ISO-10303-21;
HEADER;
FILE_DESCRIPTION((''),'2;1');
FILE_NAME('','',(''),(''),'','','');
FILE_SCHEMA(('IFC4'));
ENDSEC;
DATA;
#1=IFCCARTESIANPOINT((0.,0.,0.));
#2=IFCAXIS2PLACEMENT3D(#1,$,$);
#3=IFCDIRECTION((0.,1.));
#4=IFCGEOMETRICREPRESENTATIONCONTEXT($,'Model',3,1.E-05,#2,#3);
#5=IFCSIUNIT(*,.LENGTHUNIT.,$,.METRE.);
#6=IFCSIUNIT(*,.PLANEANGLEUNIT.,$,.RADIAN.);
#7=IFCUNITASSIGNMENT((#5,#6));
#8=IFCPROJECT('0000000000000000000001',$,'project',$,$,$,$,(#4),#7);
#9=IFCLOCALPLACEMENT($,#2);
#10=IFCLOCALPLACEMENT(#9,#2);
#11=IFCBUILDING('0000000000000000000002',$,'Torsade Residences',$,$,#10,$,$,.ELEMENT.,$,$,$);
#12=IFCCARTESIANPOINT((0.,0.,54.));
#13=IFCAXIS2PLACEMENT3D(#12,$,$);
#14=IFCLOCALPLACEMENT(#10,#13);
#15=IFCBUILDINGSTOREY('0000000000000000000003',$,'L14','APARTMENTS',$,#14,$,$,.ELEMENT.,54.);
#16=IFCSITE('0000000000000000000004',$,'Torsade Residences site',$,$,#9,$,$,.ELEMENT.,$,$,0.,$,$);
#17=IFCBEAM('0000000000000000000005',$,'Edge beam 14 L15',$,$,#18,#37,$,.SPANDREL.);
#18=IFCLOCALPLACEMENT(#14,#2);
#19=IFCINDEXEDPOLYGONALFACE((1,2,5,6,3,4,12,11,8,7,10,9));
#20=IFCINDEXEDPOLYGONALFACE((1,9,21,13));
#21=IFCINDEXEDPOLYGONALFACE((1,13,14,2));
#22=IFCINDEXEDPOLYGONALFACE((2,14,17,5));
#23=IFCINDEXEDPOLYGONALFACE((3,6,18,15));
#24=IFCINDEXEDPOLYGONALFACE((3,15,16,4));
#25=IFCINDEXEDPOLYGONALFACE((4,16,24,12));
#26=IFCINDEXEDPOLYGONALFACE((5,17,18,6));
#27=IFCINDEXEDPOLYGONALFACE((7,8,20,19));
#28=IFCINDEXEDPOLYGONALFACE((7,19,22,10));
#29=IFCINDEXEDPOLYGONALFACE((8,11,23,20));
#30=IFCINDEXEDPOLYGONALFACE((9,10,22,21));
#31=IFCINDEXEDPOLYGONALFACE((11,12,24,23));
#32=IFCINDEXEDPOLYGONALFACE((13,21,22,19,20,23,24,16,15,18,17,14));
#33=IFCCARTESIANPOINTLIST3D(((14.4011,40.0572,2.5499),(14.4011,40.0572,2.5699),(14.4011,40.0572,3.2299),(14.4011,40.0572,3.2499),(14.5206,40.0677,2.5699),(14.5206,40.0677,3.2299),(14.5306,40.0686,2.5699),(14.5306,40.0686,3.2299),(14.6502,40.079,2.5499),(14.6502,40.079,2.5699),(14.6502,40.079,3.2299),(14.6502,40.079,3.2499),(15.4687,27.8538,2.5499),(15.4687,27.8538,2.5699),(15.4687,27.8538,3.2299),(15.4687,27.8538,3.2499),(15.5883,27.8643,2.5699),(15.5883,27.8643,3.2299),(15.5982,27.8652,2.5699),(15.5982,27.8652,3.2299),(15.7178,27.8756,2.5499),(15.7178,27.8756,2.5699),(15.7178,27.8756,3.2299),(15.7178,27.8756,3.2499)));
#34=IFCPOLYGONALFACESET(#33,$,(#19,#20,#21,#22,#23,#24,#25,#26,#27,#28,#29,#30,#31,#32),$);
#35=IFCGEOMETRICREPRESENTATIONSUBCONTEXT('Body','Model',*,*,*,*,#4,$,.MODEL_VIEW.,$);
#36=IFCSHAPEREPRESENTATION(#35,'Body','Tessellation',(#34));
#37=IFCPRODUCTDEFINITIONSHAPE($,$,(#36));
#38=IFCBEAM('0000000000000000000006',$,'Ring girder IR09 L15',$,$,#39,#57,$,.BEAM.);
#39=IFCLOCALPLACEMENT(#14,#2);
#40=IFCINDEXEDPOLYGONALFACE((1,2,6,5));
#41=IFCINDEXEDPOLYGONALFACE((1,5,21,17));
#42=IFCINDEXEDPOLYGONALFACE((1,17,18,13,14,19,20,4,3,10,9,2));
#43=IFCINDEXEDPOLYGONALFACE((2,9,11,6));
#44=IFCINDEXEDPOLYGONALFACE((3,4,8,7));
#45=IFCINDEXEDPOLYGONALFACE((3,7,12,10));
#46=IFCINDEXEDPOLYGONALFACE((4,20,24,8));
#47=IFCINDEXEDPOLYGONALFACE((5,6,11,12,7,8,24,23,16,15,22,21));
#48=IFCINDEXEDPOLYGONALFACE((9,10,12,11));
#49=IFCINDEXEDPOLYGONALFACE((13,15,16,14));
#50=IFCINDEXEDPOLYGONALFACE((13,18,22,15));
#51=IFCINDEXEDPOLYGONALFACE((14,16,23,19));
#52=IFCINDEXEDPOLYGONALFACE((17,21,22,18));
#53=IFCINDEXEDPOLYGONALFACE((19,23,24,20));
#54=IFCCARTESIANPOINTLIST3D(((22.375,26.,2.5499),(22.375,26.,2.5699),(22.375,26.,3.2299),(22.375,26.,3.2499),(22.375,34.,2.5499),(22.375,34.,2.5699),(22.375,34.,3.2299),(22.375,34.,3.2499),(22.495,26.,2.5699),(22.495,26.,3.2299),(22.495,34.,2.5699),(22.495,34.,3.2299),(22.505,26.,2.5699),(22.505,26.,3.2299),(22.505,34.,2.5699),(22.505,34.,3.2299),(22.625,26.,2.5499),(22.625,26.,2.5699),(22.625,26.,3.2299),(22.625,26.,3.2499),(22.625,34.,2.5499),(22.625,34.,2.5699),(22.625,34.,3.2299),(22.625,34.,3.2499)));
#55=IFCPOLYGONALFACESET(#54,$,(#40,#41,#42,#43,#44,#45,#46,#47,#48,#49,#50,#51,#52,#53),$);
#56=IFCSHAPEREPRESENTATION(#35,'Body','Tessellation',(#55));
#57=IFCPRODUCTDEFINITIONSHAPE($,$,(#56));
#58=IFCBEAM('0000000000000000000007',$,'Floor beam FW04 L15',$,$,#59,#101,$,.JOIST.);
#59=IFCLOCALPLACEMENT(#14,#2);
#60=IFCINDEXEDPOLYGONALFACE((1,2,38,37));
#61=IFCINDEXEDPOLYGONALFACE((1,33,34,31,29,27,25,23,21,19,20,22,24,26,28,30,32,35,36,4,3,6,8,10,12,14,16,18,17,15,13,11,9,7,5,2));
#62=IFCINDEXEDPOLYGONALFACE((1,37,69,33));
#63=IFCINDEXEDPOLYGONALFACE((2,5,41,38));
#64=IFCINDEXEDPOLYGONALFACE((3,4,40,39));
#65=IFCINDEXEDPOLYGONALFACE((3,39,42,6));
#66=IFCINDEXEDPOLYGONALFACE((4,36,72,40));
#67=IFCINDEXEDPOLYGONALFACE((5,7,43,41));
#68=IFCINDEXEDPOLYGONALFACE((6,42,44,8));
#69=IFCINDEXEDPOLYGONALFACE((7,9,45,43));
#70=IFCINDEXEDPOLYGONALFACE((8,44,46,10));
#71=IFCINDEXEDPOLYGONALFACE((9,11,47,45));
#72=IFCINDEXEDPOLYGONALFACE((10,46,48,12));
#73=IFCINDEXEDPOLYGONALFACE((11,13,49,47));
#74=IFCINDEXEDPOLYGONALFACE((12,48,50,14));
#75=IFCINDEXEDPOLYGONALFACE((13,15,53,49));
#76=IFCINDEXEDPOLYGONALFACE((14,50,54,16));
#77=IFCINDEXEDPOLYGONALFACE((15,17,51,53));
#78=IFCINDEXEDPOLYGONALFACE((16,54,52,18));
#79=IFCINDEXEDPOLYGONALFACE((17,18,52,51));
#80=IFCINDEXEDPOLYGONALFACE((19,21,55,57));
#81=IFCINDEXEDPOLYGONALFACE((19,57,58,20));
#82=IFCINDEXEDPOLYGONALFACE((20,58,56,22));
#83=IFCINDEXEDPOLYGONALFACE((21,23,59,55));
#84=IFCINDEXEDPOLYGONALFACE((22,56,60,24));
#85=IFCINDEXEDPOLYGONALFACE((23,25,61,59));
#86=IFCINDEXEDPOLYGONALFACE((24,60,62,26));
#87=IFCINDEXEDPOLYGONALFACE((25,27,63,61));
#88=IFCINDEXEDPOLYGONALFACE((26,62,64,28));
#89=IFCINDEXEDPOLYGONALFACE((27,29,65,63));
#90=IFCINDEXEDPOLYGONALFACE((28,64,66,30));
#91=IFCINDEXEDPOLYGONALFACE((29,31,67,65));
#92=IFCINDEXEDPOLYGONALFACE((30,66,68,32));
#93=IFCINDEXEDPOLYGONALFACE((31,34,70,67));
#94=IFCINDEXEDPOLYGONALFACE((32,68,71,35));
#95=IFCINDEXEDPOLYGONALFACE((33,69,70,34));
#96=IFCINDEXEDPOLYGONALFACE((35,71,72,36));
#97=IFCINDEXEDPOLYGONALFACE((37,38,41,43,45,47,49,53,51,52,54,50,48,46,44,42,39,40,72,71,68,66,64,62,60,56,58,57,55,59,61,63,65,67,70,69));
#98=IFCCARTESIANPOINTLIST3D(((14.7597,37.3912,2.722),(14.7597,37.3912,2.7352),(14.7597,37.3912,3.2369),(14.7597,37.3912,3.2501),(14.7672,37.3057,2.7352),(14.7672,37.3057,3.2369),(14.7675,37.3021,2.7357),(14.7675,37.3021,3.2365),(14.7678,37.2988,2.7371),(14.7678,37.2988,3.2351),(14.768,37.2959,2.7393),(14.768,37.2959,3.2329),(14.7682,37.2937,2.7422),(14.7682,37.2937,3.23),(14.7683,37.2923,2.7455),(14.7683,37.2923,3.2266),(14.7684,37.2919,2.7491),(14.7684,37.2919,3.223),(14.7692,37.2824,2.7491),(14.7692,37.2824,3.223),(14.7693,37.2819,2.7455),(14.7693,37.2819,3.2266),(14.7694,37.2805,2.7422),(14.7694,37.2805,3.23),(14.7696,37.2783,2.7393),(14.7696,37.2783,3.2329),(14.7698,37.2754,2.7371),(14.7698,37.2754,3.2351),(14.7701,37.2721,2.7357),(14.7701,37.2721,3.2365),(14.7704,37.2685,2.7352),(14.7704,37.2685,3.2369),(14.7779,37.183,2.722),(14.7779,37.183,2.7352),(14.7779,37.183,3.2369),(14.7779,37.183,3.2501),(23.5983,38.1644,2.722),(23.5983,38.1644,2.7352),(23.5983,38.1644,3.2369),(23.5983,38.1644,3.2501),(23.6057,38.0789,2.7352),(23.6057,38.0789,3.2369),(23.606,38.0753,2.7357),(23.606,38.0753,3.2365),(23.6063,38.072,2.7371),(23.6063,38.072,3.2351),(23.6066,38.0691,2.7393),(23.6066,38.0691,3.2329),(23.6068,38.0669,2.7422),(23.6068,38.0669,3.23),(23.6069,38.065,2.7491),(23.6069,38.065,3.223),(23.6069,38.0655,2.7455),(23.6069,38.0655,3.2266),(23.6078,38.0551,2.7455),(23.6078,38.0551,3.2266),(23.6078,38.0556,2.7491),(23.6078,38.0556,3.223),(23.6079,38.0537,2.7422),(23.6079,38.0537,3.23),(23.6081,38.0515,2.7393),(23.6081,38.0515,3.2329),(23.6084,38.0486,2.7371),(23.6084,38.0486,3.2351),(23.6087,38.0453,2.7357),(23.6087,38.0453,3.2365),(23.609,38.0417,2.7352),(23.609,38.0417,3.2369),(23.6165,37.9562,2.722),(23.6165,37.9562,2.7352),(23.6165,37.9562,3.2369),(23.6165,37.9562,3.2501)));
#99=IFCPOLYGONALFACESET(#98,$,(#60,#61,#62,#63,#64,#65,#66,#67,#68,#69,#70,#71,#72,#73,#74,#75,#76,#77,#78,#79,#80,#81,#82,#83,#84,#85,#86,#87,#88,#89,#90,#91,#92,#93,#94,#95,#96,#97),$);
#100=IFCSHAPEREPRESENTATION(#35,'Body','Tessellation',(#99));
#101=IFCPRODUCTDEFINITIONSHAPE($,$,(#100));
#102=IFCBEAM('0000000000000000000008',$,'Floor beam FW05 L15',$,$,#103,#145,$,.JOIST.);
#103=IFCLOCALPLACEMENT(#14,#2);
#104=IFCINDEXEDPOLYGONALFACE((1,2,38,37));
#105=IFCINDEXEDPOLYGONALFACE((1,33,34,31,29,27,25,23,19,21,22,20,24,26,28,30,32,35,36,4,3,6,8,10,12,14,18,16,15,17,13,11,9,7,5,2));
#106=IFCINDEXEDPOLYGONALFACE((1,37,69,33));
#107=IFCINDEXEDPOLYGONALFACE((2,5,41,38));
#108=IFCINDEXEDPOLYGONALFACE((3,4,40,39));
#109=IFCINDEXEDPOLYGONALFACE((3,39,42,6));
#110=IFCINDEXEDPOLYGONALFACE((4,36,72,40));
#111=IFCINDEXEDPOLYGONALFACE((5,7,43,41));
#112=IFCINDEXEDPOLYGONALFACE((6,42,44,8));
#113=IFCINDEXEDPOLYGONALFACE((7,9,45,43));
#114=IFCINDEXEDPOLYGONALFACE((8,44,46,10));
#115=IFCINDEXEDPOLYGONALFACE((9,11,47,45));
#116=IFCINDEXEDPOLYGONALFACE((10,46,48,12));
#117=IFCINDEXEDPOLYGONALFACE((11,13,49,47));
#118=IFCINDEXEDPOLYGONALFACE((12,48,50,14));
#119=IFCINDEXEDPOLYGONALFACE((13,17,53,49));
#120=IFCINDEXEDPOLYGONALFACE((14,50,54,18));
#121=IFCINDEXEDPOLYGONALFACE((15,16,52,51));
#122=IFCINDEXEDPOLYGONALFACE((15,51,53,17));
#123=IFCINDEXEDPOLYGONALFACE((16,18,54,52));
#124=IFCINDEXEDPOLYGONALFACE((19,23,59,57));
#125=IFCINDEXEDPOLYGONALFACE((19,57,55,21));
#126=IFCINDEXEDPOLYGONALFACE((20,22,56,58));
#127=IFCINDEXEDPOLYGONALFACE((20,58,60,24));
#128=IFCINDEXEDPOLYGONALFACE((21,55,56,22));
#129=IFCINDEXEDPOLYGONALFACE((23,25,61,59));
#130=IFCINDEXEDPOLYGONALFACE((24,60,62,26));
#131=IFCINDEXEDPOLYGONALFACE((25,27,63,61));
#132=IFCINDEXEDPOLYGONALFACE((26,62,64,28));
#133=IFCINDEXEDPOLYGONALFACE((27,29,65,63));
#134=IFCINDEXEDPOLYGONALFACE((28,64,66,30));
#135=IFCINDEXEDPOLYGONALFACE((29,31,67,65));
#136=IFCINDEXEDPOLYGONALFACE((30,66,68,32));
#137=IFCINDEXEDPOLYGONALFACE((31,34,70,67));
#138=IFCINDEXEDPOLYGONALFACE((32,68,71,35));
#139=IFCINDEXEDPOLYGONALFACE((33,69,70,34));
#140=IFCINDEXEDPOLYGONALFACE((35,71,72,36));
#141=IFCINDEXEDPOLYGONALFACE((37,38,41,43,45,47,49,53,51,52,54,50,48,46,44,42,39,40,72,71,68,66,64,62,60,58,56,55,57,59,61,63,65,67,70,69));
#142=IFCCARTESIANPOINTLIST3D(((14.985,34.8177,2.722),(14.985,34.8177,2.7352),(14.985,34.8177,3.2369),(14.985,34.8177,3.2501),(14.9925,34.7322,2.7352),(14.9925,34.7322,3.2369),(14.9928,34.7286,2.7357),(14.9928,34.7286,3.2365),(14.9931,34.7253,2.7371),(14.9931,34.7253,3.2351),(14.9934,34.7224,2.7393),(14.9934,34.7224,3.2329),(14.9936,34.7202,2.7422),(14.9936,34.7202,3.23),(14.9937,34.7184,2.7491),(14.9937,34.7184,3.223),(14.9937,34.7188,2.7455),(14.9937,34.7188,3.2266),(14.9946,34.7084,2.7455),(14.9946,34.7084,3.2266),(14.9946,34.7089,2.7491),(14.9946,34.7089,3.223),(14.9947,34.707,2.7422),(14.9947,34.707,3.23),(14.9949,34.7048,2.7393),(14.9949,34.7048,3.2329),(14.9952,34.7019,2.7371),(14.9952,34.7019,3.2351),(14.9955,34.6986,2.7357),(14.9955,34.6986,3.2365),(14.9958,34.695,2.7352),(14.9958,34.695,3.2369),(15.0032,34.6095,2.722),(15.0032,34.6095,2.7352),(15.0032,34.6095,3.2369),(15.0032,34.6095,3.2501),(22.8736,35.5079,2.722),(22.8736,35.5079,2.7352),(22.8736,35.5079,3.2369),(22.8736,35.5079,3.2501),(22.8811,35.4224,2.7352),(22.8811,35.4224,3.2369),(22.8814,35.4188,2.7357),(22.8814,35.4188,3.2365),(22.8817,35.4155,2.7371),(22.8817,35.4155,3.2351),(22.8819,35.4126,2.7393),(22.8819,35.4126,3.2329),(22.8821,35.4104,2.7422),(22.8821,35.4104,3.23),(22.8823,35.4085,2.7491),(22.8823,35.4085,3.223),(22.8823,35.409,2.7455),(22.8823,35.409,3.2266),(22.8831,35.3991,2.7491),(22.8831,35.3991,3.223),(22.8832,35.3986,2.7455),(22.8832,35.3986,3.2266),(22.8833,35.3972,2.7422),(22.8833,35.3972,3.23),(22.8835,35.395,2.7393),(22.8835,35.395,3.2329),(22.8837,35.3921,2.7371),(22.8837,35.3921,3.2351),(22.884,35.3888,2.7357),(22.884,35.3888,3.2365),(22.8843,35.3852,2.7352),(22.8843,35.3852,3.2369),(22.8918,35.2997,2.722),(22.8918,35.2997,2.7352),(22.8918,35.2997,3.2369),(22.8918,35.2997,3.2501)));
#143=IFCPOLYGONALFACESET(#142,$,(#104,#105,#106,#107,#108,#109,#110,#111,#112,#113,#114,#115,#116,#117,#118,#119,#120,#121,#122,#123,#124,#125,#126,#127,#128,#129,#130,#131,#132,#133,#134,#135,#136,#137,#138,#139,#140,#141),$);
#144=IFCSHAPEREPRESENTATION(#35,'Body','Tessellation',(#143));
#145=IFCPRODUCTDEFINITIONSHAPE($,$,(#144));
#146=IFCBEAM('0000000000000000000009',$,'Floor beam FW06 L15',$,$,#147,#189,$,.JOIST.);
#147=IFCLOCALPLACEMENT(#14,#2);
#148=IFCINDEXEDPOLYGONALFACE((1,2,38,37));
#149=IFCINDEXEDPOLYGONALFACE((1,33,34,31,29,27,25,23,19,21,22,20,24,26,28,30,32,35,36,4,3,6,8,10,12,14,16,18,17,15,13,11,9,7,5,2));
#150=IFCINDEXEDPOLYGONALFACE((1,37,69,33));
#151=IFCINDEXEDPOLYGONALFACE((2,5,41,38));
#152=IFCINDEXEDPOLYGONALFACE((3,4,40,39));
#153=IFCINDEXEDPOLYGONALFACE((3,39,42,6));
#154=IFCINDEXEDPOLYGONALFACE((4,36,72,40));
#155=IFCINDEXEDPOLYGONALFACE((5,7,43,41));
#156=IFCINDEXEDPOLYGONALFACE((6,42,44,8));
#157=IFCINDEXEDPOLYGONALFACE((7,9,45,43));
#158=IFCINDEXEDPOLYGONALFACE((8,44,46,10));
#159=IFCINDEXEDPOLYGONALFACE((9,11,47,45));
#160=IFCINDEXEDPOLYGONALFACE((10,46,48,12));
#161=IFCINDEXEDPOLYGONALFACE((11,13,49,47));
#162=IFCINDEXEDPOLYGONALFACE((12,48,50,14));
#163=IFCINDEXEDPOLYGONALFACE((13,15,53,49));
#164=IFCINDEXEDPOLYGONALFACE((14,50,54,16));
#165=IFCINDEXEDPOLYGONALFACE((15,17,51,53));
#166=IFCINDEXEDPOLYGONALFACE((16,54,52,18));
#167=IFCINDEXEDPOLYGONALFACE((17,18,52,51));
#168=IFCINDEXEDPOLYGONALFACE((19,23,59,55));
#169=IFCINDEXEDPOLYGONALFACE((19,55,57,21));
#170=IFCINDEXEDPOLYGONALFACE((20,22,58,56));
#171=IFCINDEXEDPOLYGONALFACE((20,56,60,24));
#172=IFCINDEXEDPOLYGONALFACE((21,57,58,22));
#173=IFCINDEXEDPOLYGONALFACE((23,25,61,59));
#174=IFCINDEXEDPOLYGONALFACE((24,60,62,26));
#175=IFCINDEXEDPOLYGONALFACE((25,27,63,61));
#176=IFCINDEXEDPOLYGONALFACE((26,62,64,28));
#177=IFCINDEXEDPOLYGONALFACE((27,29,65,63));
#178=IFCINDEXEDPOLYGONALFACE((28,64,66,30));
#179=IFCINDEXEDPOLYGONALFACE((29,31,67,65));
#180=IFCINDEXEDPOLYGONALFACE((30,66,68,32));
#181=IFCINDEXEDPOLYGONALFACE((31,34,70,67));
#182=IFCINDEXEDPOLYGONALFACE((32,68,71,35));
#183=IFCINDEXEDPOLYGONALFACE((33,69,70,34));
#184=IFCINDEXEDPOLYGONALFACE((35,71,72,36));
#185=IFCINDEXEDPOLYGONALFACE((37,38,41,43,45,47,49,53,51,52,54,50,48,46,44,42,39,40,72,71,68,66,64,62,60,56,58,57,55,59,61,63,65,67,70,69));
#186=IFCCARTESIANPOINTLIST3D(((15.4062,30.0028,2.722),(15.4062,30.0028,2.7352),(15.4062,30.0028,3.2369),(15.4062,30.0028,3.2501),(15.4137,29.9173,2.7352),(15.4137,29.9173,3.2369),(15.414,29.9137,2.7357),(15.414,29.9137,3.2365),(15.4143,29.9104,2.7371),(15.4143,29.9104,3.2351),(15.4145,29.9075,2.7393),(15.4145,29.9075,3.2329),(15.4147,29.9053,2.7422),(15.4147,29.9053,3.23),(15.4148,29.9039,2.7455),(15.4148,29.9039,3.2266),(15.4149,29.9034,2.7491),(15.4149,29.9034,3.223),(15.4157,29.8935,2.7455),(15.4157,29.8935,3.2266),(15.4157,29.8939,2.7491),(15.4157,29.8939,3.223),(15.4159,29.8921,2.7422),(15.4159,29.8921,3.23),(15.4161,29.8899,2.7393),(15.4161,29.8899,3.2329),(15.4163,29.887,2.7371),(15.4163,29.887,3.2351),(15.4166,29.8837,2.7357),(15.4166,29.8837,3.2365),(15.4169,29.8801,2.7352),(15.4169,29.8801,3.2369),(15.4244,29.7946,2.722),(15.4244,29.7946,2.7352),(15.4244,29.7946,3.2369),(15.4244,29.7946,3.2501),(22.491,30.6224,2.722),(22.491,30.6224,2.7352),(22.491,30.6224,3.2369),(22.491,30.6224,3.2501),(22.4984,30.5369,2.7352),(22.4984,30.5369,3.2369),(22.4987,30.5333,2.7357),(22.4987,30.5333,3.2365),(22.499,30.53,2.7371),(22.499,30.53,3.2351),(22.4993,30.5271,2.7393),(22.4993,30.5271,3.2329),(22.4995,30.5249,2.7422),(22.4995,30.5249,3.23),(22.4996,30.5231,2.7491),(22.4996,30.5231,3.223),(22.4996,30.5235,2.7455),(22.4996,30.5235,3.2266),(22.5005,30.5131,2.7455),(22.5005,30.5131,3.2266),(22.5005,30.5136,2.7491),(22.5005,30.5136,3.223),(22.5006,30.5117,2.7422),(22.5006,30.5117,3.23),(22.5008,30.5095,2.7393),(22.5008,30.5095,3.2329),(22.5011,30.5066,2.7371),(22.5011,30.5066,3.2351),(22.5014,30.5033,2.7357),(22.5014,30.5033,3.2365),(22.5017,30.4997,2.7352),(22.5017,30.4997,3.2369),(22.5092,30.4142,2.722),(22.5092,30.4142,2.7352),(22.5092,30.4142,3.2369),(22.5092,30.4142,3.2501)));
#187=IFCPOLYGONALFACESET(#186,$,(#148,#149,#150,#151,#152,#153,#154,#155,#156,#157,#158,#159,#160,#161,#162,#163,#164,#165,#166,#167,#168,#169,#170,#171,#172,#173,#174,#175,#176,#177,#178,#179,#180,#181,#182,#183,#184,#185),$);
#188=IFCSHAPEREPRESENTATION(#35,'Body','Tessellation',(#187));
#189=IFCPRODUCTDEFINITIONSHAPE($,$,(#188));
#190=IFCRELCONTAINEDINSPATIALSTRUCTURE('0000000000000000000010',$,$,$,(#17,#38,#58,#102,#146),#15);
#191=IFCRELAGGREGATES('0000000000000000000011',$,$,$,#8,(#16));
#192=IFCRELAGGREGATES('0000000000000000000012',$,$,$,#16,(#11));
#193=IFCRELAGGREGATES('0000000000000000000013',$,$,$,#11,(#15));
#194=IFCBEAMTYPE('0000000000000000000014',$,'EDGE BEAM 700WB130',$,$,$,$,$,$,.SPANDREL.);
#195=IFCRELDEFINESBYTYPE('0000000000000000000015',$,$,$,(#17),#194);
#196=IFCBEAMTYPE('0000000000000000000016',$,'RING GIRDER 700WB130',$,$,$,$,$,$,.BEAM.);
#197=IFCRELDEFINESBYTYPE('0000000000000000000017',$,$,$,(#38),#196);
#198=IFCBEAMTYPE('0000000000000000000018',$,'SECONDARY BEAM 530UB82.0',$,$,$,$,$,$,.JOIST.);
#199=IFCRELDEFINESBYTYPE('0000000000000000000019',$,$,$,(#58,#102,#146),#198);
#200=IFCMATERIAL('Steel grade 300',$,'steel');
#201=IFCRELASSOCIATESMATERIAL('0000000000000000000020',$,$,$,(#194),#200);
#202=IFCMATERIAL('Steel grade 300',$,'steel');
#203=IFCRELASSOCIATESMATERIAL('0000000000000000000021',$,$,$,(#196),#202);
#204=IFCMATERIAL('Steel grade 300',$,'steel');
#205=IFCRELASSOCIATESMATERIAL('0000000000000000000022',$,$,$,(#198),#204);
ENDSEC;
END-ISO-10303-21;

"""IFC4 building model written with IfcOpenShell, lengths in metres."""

from ifc_helpers import new_model, si_unit, direction, frame, origin, origin_2d, place, context, subcontext, project, spatial, i_section, extrude, material, material_profile, profile_set, type_object, element, save


model = new_model("IFC4")

# Units and contexts
model_context = context("Model", 3, precision=1e-05, world=origin(), true_north=direction((0.0, 1.0)))
body_context = subcontext(model_context, "Body", "Model", "MODEL_VIEW")
ifc_project = project(units=[si_unit("LENGTHUNIT", "METRE"), si_unit("PLANEANGLEUNIT", "RADIAN")], contexts=[model_context])

# Site, building, storey
site_placement = place(None, origin())
site = spatial("IfcSite", under=ifc_project, at=site_placement, Name="Torsade Residences site", CompositionType="ELEMENT", RefElevation=0.0)
building_placement = place(site_placement, origin())
building = spatial("IfcBuilding", under=site, at=building_placement, Name="Torsade Residences", CompositionType="ELEMENT")
storey_placement = place(building_placement, frame((0.0, 0.0, 54.0)))
storey = spatial("IfcBuildingStorey", under=building, at=storey_placement, Name="L14", Description="APARTMENTS", CompositionType="ELEMENT", Elevation=54.0)

# Beams
ifc_material_1 = material(Name="Steel grade 300", Category="steel")
ifc_material_profile_1 = material_profile(ifc_material_1, i_section(OverallWidth=0.25, OverallDepth=0.7, WebThickness=0.01, FlangeThickness=0.02, at=origin_2d()), Name="700WB130")
ifc_profile_set_1 = profile_set([ifc_material_profile_1], Name="Steel grade 300")
beam_type_1 = type_object("IfcBeamType", Name="EDGE BEAM 700WB130", PredefinedType="SPANDREL", material=ifc_profile_set_1)
beam_1_placement = place(storey_placement, frame((14.5256, 40.0681, 2.8999), z_axis=(0.087153, -0.996195, 0.0), x_axis=(0.996195, 0.087153, 0.0)))
element("IfcBeam", 1, at=beam_1_placement, inside=storey, type_object=beam_type_1, Name="Edge beam 14 L15", PredefinedType="SPANDREL", context=body_context, shape_type="SweptSolid", body=[
    extrude(i_section(OverallWidth=0.25, OverallDepth=0.7, WebThickness=0.01, FlangeThickness=0.02, at=origin_2d()), origin(), (0.0, 0.0, 1.0), 12.25),
])
ifc_material_2 = material(Name="Steel grade 300", Category="steel")
ifc_material_profile_2 = material_profile(ifc_material_2, i_section(OverallWidth=0.25, OverallDepth=0.7, WebThickness=0.01, FlangeThickness=0.02, at=origin_2d()), Name="700WB130")
ifc_profile_set_2 = profile_set([ifc_material_profile_2], Name="Steel grade 300")
beam_type_2 = type_object("IfcBeamType", Name="RING GIRDER 700WB130", PredefinedType="BEAM", material=ifc_profile_set_2)
beam_2_placement = place(storey_placement, frame((22.5, 34.0, 2.8999), z_axis=(0.0, -1.0, 0.0), x_axis=(1.0, 0.0, 0.0)))
element("IfcBeam", 2, at=beam_2_placement, inside=storey, type_object=beam_type_2, Name="Ring girder IR09 L15", PredefinedType="BEAM", context=body_context, shape_type="SweptSolid", body=[
    extrude(i_section(OverallWidth=0.25, OverallDepth=0.7, WebThickness=0.01, FlangeThickness=0.02, at=origin_2d()), origin(), (0.0, 0.0, 1.0), 8.0),
])
ifc_material_3 = material(Name="Steel grade 300", Category="steel")
ifc_material_profile_3 = material_profile(ifc_material_3, i_section(OverallWidth=0.209, OverallDepth=0.5281, WebThickness=0.0095, FlangeThickness=0.0132, FilletRadius=0.0139, at=origin_2d()), Name="530UB82.0")
ifc_profile_set_3 = profile_set([ifc_material_profile_3], Name="Steel grade 300")
beam_type_3 = type_object("IfcBeamType", Name="SECONDARY BEAM 530UB82.0", PredefinedType="JOIST", material=ifc_profile_set_3)
beam_3_placement = place(storey_placement, frame((14.7688, 37.2871, 2.9861), z_axis=(0.996196, 0.087146, 0.0), x_axis=(-0.087146, 0.996196, 0.0)))
element("IfcBeam", 3, at=beam_3_placement, inside=storey, type_object=beam_type_3, Name="Floor beam FW04 L15", PredefinedType="JOIST", context=body_context, shape_type="SweptSolid", body=[
    extrude(i_section(OverallWidth=0.209, OverallDepth=0.5281, WebThickness=0.0095, FlangeThickness=0.0132, FilletRadius=0.0139, at=origin_2d()), origin(), (0.0, 0.0, 1.0), 8.8723),
])
beam_4_placement = place(storey_placement, frame((14.9941, 34.7136, 2.9861), z_axis=(0.996195, 0.087158, 0.0), x_axis=(-0.087158, 0.996195, 0.0)))
element("IfcBeam", 4, at=beam_4_placement, inside=storey, type_object=beam_type_3, Name="Floor beam FW05 L15", PredefinedType="JOIST", context=body_context, shape_type="SweptSolid", body=[
    extrude(i_section(OverallWidth=0.209, OverallDepth=0.5281, WebThickness=0.0095, FlangeThickness=0.0132, FilletRadius=0.0139, at=origin_2d()), origin(), (0.0, 0.0, 1.0), 7.9187),
])
beam_5_placement = place(storey_placement, frame((15.4153, 29.8987, 2.9861), z_axis=(0.996197, 0.087127, 0.0), x_axis=(-0.087127, 0.996197, 0.0)))
element("IfcBeam", 5, at=beam_5_placement, inside=storey, type_object=beam_type_3, Name="Floor beam FW06 L15", PredefinedType="JOIST", context=body_context, shape_type="SweptSolid", body=[
    extrude(i_section(OverallWidth=0.209, OverallDepth=0.5281, WebThickness=0.0095, FlangeThickness=0.0132, FilletRadius=0.0139, at=origin_2d()), origin(), (0.0, 0.0, 1.0), 7.1118),
])

save(model, "model.ifc")
